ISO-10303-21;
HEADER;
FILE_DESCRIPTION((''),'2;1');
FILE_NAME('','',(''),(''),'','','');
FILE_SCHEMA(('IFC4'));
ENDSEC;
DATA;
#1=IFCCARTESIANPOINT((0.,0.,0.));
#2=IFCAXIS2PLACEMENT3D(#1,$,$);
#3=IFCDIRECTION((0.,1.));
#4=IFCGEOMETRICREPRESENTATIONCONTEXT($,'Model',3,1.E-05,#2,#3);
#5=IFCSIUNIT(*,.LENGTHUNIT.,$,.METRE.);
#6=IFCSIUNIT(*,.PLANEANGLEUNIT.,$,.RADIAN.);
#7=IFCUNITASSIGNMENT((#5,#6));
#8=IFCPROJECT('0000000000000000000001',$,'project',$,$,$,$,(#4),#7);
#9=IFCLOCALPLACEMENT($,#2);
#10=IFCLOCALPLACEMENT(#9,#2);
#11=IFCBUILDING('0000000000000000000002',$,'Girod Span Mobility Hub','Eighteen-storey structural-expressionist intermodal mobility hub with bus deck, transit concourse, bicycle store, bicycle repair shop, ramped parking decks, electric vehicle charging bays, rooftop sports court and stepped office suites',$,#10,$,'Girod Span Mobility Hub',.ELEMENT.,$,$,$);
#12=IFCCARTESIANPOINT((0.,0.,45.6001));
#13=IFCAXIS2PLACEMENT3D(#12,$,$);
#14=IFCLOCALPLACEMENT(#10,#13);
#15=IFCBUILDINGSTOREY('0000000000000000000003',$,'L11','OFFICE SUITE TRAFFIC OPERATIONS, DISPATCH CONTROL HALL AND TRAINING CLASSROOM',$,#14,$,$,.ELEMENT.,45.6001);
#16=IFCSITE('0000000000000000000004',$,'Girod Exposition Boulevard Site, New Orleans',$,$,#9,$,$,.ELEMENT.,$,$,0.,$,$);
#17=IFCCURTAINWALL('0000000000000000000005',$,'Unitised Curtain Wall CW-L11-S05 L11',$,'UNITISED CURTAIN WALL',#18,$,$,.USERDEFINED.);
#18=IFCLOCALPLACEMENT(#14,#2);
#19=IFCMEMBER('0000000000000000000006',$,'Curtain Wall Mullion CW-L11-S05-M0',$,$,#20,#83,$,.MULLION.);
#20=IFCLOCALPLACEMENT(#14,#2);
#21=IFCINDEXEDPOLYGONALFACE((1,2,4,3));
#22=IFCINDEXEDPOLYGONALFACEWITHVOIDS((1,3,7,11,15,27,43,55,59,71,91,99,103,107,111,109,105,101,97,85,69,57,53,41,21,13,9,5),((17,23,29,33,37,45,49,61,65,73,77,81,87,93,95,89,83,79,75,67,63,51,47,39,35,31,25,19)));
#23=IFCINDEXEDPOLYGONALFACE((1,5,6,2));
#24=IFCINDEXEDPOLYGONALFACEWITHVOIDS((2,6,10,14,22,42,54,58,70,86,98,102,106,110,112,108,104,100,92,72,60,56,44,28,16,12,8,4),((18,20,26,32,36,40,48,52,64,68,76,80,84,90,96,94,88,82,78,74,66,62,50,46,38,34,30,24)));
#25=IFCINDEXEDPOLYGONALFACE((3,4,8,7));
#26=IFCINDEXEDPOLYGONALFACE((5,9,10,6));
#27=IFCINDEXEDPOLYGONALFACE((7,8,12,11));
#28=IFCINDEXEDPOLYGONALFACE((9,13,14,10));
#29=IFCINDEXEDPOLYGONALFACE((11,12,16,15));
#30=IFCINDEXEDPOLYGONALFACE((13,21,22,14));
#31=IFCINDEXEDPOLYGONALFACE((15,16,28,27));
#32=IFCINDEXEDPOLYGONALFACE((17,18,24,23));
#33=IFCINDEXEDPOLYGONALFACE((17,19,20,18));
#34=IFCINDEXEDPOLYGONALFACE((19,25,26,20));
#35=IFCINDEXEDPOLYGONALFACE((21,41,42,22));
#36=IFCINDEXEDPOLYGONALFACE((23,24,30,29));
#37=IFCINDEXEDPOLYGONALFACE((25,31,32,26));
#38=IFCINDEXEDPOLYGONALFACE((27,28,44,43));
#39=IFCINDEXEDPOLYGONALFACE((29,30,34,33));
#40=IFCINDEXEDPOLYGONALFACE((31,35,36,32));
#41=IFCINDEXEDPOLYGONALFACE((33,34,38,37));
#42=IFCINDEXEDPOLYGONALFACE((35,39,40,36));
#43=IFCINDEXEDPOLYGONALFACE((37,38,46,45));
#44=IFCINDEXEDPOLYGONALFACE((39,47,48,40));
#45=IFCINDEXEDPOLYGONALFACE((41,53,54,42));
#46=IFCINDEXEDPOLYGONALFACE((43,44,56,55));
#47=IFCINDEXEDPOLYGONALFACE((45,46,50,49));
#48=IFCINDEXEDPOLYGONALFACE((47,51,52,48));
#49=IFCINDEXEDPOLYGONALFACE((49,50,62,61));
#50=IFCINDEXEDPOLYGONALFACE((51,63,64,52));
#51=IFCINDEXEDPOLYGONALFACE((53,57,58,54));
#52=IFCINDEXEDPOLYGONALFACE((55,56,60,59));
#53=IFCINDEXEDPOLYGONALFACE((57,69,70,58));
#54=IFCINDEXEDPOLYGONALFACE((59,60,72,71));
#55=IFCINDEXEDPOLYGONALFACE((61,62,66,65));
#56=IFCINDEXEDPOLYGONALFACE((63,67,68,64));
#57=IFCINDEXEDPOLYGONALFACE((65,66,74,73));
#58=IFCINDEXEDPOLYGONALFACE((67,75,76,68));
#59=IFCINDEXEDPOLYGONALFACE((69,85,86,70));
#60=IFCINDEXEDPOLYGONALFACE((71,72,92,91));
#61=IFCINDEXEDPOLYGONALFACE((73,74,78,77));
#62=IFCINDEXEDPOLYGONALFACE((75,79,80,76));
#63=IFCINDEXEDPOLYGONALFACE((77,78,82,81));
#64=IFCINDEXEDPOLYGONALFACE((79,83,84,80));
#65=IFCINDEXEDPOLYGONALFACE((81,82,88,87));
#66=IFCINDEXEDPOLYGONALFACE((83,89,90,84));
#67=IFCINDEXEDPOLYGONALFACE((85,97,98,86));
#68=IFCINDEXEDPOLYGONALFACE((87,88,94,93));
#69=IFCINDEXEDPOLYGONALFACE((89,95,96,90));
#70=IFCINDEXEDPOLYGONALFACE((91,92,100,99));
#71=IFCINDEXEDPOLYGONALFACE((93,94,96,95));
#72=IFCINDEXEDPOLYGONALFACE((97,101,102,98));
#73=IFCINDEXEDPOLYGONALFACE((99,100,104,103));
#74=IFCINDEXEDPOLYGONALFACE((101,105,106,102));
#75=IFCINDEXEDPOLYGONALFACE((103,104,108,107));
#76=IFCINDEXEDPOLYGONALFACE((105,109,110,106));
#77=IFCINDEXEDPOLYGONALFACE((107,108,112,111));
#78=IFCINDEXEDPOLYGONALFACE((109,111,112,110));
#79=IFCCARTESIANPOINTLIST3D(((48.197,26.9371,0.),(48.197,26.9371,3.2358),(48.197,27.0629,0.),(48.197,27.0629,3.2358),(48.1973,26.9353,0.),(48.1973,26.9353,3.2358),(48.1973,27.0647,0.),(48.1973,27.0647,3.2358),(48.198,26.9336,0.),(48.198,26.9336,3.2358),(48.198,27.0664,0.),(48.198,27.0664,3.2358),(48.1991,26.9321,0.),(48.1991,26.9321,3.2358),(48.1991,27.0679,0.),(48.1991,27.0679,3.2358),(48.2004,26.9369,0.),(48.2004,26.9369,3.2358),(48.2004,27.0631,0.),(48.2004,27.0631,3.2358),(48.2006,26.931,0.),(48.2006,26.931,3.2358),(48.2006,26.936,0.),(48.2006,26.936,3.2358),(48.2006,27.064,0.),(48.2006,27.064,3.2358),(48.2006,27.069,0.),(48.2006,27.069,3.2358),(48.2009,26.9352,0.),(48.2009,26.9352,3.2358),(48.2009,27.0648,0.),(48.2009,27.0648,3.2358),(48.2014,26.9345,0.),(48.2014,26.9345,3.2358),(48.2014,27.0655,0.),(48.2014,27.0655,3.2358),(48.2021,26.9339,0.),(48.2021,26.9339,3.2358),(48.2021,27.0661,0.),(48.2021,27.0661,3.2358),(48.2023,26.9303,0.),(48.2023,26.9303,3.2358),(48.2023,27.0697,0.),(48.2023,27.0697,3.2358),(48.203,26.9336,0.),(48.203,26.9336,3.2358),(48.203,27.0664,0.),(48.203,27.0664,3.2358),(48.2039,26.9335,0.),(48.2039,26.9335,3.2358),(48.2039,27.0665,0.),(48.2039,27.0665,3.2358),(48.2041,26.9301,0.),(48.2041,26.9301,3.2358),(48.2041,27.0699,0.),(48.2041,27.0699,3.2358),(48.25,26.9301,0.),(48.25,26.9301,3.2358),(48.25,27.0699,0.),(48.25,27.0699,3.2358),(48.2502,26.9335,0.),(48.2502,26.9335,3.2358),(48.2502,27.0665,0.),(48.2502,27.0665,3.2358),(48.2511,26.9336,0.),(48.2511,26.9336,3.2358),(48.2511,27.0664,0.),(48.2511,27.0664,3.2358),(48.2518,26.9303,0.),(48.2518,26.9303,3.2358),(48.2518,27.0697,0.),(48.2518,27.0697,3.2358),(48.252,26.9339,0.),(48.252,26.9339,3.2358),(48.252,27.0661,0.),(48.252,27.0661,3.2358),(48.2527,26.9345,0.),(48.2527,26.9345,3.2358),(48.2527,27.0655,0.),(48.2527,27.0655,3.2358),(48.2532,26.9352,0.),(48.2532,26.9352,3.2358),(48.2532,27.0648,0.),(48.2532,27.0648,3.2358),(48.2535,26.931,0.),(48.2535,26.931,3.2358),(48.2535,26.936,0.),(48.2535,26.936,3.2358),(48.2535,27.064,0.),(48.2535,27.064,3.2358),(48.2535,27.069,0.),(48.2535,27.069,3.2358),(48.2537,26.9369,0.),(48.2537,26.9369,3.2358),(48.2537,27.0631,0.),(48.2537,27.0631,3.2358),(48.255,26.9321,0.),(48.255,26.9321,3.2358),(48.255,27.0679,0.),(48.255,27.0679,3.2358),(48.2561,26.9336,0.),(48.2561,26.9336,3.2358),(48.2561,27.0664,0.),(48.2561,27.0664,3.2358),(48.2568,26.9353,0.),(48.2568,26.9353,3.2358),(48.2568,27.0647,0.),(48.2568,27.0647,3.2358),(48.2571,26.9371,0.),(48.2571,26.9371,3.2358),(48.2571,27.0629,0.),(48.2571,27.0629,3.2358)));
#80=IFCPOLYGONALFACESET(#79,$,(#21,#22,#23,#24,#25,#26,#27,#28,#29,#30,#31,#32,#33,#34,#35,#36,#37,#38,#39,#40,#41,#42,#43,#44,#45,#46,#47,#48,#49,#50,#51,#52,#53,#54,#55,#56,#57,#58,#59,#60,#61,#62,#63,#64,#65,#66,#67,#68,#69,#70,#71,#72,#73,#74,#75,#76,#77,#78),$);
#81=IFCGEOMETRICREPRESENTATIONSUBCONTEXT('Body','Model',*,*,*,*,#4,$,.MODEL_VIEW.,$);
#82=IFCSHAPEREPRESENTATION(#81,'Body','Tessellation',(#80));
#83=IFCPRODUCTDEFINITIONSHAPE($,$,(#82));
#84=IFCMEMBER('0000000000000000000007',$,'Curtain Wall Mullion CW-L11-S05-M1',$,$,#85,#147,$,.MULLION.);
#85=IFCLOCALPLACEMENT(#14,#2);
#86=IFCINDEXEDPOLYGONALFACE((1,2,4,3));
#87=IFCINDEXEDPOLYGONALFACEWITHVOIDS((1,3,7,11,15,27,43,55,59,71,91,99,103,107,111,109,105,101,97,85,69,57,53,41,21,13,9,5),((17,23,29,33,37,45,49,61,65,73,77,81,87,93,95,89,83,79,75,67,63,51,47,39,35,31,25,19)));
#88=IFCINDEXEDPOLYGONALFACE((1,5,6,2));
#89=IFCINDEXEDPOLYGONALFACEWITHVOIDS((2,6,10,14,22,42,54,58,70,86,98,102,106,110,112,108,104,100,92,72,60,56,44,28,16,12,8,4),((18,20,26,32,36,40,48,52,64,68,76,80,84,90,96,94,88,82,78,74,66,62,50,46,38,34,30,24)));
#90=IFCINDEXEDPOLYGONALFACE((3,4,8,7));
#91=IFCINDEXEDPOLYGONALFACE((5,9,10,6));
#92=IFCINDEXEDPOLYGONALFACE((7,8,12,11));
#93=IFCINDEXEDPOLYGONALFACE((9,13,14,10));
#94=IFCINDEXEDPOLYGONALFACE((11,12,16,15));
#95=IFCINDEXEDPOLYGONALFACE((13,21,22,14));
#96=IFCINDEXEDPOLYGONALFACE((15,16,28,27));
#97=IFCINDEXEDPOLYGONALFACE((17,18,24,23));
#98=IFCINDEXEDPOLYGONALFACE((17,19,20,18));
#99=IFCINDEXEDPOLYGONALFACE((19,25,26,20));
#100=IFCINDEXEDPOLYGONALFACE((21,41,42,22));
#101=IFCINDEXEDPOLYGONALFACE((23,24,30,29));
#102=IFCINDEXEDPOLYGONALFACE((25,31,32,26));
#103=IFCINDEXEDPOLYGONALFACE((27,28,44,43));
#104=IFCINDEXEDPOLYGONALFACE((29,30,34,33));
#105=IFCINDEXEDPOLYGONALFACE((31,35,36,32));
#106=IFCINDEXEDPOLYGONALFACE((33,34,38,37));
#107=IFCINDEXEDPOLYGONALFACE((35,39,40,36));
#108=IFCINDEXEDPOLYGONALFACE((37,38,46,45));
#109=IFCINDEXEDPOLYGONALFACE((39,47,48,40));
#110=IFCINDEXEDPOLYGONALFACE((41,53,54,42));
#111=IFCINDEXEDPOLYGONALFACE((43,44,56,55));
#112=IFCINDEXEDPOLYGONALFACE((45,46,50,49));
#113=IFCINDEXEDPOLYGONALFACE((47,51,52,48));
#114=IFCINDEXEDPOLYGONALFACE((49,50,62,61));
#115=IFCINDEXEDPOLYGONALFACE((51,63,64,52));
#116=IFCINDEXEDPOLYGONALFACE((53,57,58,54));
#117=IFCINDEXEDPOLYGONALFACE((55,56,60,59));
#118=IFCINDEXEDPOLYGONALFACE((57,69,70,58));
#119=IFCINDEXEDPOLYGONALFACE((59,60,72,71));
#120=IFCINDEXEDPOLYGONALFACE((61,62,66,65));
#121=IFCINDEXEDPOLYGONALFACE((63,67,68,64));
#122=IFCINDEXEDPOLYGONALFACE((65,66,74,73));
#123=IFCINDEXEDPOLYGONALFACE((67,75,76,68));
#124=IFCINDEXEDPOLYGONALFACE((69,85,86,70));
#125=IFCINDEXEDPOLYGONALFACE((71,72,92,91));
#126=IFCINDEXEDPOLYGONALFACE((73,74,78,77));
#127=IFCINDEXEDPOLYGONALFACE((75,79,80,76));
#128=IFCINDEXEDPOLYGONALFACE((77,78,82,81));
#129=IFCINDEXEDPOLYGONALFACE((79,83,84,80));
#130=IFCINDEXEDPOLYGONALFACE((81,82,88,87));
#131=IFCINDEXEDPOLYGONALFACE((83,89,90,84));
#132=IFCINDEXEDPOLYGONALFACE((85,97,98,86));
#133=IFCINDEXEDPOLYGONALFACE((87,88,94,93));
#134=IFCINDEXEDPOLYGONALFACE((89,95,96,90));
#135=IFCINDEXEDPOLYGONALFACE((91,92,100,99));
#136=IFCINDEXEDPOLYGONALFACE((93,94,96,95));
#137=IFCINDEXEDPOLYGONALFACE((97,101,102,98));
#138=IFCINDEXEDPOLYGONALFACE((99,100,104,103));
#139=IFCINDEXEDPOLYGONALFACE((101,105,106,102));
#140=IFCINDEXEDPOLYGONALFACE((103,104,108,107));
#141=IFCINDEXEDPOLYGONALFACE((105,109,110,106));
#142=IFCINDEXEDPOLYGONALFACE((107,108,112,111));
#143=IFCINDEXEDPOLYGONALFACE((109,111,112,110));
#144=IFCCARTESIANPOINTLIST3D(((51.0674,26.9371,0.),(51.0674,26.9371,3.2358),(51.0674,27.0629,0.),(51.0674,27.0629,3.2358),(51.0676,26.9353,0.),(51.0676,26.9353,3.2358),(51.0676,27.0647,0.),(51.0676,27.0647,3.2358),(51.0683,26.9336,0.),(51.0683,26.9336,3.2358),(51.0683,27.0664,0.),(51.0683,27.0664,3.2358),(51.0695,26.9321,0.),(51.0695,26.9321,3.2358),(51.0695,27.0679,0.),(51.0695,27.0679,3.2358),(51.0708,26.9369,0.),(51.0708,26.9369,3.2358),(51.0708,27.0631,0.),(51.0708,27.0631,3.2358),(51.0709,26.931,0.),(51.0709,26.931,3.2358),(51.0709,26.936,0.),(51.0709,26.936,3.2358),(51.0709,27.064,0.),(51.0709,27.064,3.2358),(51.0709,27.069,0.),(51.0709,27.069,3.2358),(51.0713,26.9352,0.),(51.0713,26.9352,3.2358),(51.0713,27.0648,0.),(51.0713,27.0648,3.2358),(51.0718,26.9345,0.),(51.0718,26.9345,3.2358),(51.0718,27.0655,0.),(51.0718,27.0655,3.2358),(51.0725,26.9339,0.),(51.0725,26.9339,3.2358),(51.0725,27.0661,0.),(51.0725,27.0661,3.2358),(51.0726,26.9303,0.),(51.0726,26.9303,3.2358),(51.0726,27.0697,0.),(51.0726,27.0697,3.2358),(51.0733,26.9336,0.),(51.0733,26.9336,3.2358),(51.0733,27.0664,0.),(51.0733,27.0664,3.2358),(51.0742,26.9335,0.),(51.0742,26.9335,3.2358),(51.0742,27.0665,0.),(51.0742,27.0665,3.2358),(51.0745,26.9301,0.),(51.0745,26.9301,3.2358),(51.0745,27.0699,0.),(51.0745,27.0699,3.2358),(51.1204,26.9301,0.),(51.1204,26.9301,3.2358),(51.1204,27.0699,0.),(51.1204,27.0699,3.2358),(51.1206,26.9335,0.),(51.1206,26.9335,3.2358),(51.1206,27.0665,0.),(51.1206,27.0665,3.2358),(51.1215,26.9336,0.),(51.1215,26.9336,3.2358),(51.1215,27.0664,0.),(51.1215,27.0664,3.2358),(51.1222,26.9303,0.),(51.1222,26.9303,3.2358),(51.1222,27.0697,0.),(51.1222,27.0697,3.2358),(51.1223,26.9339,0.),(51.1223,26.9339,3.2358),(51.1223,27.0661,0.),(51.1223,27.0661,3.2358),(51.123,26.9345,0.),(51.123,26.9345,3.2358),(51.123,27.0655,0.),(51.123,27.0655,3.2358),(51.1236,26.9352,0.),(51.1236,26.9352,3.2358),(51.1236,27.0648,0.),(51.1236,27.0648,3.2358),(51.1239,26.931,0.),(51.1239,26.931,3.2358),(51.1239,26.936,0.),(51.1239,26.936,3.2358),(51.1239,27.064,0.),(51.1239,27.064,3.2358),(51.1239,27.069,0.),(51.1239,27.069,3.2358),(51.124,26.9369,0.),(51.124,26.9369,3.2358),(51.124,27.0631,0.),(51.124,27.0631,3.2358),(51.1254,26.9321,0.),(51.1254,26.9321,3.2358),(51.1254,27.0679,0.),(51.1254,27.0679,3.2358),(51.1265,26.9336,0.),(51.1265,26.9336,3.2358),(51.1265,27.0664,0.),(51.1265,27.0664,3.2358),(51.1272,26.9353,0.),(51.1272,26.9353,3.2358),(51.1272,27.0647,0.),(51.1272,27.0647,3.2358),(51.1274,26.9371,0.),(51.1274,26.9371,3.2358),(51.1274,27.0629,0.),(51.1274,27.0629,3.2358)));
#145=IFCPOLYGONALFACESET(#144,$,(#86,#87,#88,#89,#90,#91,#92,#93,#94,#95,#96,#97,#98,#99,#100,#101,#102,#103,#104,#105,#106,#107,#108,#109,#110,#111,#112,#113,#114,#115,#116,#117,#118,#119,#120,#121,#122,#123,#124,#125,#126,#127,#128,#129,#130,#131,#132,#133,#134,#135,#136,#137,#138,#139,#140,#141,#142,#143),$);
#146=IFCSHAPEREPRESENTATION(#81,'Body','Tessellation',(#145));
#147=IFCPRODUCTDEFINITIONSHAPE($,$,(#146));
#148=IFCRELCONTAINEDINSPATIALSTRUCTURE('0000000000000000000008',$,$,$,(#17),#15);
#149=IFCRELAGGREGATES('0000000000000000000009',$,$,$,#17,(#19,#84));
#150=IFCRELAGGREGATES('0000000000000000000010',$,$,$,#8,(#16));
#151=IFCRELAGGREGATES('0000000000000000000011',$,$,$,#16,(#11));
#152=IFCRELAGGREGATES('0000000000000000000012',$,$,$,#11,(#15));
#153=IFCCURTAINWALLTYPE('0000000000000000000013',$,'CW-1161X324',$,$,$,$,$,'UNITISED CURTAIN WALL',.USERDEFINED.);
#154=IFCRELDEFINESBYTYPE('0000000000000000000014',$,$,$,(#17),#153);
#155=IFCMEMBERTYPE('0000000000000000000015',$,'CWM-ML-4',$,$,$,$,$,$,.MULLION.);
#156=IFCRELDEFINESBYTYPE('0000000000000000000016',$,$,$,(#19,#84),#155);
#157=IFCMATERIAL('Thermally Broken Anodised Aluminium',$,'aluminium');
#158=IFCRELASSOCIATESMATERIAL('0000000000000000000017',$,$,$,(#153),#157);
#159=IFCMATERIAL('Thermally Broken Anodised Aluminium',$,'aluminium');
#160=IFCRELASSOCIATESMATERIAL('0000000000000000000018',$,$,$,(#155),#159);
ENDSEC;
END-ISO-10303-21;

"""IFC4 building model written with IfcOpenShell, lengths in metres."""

from ifc_helpers import new_model, si_unit, direction, frame, origin, origin_2d, place, context, subcontext, project, spatial, hollow_rectangle, extrude, material, material_profile, profile_set, type_object, element, aggregate, save


model = new_model("IFC4")

# Units and contexts
model_context = context("Model", 3, precision=1e-05, world=origin(), true_north=direction((0.0, 1.0)))
body_context = subcontext(model_context, "Body", "Model", "MODEL_VIEW")
ifc_project = project(units=[si_unit("LENGTHUNIT", "METRE"), si_unit("PLANEANGLEUNIT", "RADIAN")], contexts=[model_context])

# Site, building, storey
site_placement = place(None, origin())
site = spatial("IfcSite", under=ifc_project, at=site_placement, Name="Girod Exposition Boulevard Site, New Orleans", CompositionType="ELEMENT", RefElevation=0.0)
building_placement = place(site_placement, origin())
building = spatial("IfcBuilding", under=site, at=building_placement, Name="Girod Span Mobility Hub", Description="Eighteen-storey structural-expressionist intermodal mobility hub with bus deck, transit concourse, bicycle store, bicycle repair shop, ramped parking decks, electric vehicle charging bays, rooftop sports court and stepped office suites", LongName="Girod Span Mobility Hub", CompositionType="ELEMENT")
storey_placement = place(building_placement, frame((0.0, 0.0, 45.6001)))
storey = spatial("IfcBuildingStorey", under=building, at=storey_placement, Name="L11", Description="OFFICE SUITE TRAFFIC OPERATIONS, DISPATCH CONTROL HALL AND TRAINING CLASSROOM", CompositionType="ELEMENT", Elevation=45.6001)

# Curtain wall, members
ifc_material_1 = material(Name="Thermally Broken Anodised Aluminium", Category="aluminium")
curtain_wall_type = type_object("IfcCurtainWallType", Name="CW-1161X324", ElementType="UNITISED CURTAIN WALL", PredefinedType="USERDEFINED", material=ifc_material_1)
ifc_material_2 = material(Name="Thermally Broken Anodised Aluminium", Category="aluminium")
ifc_material_profile_1 = material_profile(ifc_material_2, hollow_rectangle(XDim=0.1399, YDim=0.0601, WallThickness=0.0034, InnerFilletRadius=0.0034, OuterFilletRadius=0.0071, at=origin_2d()), Name="CW-ML-60X140")
ifc_profile_set_1 = profile_set([ifc_material_profile_1], Name="Thermally Broken Anodised Aluminium")
member_type_1 = type_object("IfcMemberType", Name="CWM-ML-4", PredefinedType="MULLION", material=ifc_profile_set_1)
curtain_wall_1_placement = place(storey_placement, origin())
curtain_wall_1 = element("IfcCurtainWall", 1, at=curtain_wall_1_placement, inside=storey, type_object=curtain_wall_type, Name="Unitised Curtain Wall CW-L11-S05 L11", ObjectType="UNITISED CURTAIN WALL", PredefinedType="USERDEFINED")
member_1_placement = place(storey_placement, frame((48.2271, 27.0, 0.0), z_axis=(0.0, 0.0, 1.0), x_axis=(0.0, 1.0, 0.0)))
member_1 = element("IfcMember", 2, at=member_1_placement, type_object=member_type_1, Name="Curtain Wall Mullion CW-L11-S05-M0", PredefinedType="MULLION", context=body_context, shape_type="SweptSolid", body=[
    extrude(hollow_rectangle(XDim=0.1399, YDim=0.0601, WallThickness=0.0034, InnerFilletRadius=0.0034, OuterFilletRadius=0.0071, at=origin_2d()), origin(), (0.0, 0.0, 1.0), 3.2358),
])
member_2_placement = place(storey_placement, frame((51.0974, 27.0, 0.0), z_axis=(0.0, 0.0, 1.0), x_axis=(0.0, 1.0, 0.0)))
member_2 = element("IfcMember", 3, at=member_2_placement, type_object=member_type_1, Name="Curtain Wall Mullion CW-L11-S05-M1", PredefinedType="MULLION", context=body_context, shape_type="SweptSolid", body=[
    extrude(hollow_rectangle(XDim=0.1399, YDim=0.0601, WallThickness=0.0034, InnerFilletRadius=0.0034, OuterFilletRadius=0.0071, at=origin_2d()), origin(), (0.0, 0.0, 1.0), 3.2358),
])

aggregate(curtain_wall_1, [member_1, member_2])

save(model, "model.ifc")
